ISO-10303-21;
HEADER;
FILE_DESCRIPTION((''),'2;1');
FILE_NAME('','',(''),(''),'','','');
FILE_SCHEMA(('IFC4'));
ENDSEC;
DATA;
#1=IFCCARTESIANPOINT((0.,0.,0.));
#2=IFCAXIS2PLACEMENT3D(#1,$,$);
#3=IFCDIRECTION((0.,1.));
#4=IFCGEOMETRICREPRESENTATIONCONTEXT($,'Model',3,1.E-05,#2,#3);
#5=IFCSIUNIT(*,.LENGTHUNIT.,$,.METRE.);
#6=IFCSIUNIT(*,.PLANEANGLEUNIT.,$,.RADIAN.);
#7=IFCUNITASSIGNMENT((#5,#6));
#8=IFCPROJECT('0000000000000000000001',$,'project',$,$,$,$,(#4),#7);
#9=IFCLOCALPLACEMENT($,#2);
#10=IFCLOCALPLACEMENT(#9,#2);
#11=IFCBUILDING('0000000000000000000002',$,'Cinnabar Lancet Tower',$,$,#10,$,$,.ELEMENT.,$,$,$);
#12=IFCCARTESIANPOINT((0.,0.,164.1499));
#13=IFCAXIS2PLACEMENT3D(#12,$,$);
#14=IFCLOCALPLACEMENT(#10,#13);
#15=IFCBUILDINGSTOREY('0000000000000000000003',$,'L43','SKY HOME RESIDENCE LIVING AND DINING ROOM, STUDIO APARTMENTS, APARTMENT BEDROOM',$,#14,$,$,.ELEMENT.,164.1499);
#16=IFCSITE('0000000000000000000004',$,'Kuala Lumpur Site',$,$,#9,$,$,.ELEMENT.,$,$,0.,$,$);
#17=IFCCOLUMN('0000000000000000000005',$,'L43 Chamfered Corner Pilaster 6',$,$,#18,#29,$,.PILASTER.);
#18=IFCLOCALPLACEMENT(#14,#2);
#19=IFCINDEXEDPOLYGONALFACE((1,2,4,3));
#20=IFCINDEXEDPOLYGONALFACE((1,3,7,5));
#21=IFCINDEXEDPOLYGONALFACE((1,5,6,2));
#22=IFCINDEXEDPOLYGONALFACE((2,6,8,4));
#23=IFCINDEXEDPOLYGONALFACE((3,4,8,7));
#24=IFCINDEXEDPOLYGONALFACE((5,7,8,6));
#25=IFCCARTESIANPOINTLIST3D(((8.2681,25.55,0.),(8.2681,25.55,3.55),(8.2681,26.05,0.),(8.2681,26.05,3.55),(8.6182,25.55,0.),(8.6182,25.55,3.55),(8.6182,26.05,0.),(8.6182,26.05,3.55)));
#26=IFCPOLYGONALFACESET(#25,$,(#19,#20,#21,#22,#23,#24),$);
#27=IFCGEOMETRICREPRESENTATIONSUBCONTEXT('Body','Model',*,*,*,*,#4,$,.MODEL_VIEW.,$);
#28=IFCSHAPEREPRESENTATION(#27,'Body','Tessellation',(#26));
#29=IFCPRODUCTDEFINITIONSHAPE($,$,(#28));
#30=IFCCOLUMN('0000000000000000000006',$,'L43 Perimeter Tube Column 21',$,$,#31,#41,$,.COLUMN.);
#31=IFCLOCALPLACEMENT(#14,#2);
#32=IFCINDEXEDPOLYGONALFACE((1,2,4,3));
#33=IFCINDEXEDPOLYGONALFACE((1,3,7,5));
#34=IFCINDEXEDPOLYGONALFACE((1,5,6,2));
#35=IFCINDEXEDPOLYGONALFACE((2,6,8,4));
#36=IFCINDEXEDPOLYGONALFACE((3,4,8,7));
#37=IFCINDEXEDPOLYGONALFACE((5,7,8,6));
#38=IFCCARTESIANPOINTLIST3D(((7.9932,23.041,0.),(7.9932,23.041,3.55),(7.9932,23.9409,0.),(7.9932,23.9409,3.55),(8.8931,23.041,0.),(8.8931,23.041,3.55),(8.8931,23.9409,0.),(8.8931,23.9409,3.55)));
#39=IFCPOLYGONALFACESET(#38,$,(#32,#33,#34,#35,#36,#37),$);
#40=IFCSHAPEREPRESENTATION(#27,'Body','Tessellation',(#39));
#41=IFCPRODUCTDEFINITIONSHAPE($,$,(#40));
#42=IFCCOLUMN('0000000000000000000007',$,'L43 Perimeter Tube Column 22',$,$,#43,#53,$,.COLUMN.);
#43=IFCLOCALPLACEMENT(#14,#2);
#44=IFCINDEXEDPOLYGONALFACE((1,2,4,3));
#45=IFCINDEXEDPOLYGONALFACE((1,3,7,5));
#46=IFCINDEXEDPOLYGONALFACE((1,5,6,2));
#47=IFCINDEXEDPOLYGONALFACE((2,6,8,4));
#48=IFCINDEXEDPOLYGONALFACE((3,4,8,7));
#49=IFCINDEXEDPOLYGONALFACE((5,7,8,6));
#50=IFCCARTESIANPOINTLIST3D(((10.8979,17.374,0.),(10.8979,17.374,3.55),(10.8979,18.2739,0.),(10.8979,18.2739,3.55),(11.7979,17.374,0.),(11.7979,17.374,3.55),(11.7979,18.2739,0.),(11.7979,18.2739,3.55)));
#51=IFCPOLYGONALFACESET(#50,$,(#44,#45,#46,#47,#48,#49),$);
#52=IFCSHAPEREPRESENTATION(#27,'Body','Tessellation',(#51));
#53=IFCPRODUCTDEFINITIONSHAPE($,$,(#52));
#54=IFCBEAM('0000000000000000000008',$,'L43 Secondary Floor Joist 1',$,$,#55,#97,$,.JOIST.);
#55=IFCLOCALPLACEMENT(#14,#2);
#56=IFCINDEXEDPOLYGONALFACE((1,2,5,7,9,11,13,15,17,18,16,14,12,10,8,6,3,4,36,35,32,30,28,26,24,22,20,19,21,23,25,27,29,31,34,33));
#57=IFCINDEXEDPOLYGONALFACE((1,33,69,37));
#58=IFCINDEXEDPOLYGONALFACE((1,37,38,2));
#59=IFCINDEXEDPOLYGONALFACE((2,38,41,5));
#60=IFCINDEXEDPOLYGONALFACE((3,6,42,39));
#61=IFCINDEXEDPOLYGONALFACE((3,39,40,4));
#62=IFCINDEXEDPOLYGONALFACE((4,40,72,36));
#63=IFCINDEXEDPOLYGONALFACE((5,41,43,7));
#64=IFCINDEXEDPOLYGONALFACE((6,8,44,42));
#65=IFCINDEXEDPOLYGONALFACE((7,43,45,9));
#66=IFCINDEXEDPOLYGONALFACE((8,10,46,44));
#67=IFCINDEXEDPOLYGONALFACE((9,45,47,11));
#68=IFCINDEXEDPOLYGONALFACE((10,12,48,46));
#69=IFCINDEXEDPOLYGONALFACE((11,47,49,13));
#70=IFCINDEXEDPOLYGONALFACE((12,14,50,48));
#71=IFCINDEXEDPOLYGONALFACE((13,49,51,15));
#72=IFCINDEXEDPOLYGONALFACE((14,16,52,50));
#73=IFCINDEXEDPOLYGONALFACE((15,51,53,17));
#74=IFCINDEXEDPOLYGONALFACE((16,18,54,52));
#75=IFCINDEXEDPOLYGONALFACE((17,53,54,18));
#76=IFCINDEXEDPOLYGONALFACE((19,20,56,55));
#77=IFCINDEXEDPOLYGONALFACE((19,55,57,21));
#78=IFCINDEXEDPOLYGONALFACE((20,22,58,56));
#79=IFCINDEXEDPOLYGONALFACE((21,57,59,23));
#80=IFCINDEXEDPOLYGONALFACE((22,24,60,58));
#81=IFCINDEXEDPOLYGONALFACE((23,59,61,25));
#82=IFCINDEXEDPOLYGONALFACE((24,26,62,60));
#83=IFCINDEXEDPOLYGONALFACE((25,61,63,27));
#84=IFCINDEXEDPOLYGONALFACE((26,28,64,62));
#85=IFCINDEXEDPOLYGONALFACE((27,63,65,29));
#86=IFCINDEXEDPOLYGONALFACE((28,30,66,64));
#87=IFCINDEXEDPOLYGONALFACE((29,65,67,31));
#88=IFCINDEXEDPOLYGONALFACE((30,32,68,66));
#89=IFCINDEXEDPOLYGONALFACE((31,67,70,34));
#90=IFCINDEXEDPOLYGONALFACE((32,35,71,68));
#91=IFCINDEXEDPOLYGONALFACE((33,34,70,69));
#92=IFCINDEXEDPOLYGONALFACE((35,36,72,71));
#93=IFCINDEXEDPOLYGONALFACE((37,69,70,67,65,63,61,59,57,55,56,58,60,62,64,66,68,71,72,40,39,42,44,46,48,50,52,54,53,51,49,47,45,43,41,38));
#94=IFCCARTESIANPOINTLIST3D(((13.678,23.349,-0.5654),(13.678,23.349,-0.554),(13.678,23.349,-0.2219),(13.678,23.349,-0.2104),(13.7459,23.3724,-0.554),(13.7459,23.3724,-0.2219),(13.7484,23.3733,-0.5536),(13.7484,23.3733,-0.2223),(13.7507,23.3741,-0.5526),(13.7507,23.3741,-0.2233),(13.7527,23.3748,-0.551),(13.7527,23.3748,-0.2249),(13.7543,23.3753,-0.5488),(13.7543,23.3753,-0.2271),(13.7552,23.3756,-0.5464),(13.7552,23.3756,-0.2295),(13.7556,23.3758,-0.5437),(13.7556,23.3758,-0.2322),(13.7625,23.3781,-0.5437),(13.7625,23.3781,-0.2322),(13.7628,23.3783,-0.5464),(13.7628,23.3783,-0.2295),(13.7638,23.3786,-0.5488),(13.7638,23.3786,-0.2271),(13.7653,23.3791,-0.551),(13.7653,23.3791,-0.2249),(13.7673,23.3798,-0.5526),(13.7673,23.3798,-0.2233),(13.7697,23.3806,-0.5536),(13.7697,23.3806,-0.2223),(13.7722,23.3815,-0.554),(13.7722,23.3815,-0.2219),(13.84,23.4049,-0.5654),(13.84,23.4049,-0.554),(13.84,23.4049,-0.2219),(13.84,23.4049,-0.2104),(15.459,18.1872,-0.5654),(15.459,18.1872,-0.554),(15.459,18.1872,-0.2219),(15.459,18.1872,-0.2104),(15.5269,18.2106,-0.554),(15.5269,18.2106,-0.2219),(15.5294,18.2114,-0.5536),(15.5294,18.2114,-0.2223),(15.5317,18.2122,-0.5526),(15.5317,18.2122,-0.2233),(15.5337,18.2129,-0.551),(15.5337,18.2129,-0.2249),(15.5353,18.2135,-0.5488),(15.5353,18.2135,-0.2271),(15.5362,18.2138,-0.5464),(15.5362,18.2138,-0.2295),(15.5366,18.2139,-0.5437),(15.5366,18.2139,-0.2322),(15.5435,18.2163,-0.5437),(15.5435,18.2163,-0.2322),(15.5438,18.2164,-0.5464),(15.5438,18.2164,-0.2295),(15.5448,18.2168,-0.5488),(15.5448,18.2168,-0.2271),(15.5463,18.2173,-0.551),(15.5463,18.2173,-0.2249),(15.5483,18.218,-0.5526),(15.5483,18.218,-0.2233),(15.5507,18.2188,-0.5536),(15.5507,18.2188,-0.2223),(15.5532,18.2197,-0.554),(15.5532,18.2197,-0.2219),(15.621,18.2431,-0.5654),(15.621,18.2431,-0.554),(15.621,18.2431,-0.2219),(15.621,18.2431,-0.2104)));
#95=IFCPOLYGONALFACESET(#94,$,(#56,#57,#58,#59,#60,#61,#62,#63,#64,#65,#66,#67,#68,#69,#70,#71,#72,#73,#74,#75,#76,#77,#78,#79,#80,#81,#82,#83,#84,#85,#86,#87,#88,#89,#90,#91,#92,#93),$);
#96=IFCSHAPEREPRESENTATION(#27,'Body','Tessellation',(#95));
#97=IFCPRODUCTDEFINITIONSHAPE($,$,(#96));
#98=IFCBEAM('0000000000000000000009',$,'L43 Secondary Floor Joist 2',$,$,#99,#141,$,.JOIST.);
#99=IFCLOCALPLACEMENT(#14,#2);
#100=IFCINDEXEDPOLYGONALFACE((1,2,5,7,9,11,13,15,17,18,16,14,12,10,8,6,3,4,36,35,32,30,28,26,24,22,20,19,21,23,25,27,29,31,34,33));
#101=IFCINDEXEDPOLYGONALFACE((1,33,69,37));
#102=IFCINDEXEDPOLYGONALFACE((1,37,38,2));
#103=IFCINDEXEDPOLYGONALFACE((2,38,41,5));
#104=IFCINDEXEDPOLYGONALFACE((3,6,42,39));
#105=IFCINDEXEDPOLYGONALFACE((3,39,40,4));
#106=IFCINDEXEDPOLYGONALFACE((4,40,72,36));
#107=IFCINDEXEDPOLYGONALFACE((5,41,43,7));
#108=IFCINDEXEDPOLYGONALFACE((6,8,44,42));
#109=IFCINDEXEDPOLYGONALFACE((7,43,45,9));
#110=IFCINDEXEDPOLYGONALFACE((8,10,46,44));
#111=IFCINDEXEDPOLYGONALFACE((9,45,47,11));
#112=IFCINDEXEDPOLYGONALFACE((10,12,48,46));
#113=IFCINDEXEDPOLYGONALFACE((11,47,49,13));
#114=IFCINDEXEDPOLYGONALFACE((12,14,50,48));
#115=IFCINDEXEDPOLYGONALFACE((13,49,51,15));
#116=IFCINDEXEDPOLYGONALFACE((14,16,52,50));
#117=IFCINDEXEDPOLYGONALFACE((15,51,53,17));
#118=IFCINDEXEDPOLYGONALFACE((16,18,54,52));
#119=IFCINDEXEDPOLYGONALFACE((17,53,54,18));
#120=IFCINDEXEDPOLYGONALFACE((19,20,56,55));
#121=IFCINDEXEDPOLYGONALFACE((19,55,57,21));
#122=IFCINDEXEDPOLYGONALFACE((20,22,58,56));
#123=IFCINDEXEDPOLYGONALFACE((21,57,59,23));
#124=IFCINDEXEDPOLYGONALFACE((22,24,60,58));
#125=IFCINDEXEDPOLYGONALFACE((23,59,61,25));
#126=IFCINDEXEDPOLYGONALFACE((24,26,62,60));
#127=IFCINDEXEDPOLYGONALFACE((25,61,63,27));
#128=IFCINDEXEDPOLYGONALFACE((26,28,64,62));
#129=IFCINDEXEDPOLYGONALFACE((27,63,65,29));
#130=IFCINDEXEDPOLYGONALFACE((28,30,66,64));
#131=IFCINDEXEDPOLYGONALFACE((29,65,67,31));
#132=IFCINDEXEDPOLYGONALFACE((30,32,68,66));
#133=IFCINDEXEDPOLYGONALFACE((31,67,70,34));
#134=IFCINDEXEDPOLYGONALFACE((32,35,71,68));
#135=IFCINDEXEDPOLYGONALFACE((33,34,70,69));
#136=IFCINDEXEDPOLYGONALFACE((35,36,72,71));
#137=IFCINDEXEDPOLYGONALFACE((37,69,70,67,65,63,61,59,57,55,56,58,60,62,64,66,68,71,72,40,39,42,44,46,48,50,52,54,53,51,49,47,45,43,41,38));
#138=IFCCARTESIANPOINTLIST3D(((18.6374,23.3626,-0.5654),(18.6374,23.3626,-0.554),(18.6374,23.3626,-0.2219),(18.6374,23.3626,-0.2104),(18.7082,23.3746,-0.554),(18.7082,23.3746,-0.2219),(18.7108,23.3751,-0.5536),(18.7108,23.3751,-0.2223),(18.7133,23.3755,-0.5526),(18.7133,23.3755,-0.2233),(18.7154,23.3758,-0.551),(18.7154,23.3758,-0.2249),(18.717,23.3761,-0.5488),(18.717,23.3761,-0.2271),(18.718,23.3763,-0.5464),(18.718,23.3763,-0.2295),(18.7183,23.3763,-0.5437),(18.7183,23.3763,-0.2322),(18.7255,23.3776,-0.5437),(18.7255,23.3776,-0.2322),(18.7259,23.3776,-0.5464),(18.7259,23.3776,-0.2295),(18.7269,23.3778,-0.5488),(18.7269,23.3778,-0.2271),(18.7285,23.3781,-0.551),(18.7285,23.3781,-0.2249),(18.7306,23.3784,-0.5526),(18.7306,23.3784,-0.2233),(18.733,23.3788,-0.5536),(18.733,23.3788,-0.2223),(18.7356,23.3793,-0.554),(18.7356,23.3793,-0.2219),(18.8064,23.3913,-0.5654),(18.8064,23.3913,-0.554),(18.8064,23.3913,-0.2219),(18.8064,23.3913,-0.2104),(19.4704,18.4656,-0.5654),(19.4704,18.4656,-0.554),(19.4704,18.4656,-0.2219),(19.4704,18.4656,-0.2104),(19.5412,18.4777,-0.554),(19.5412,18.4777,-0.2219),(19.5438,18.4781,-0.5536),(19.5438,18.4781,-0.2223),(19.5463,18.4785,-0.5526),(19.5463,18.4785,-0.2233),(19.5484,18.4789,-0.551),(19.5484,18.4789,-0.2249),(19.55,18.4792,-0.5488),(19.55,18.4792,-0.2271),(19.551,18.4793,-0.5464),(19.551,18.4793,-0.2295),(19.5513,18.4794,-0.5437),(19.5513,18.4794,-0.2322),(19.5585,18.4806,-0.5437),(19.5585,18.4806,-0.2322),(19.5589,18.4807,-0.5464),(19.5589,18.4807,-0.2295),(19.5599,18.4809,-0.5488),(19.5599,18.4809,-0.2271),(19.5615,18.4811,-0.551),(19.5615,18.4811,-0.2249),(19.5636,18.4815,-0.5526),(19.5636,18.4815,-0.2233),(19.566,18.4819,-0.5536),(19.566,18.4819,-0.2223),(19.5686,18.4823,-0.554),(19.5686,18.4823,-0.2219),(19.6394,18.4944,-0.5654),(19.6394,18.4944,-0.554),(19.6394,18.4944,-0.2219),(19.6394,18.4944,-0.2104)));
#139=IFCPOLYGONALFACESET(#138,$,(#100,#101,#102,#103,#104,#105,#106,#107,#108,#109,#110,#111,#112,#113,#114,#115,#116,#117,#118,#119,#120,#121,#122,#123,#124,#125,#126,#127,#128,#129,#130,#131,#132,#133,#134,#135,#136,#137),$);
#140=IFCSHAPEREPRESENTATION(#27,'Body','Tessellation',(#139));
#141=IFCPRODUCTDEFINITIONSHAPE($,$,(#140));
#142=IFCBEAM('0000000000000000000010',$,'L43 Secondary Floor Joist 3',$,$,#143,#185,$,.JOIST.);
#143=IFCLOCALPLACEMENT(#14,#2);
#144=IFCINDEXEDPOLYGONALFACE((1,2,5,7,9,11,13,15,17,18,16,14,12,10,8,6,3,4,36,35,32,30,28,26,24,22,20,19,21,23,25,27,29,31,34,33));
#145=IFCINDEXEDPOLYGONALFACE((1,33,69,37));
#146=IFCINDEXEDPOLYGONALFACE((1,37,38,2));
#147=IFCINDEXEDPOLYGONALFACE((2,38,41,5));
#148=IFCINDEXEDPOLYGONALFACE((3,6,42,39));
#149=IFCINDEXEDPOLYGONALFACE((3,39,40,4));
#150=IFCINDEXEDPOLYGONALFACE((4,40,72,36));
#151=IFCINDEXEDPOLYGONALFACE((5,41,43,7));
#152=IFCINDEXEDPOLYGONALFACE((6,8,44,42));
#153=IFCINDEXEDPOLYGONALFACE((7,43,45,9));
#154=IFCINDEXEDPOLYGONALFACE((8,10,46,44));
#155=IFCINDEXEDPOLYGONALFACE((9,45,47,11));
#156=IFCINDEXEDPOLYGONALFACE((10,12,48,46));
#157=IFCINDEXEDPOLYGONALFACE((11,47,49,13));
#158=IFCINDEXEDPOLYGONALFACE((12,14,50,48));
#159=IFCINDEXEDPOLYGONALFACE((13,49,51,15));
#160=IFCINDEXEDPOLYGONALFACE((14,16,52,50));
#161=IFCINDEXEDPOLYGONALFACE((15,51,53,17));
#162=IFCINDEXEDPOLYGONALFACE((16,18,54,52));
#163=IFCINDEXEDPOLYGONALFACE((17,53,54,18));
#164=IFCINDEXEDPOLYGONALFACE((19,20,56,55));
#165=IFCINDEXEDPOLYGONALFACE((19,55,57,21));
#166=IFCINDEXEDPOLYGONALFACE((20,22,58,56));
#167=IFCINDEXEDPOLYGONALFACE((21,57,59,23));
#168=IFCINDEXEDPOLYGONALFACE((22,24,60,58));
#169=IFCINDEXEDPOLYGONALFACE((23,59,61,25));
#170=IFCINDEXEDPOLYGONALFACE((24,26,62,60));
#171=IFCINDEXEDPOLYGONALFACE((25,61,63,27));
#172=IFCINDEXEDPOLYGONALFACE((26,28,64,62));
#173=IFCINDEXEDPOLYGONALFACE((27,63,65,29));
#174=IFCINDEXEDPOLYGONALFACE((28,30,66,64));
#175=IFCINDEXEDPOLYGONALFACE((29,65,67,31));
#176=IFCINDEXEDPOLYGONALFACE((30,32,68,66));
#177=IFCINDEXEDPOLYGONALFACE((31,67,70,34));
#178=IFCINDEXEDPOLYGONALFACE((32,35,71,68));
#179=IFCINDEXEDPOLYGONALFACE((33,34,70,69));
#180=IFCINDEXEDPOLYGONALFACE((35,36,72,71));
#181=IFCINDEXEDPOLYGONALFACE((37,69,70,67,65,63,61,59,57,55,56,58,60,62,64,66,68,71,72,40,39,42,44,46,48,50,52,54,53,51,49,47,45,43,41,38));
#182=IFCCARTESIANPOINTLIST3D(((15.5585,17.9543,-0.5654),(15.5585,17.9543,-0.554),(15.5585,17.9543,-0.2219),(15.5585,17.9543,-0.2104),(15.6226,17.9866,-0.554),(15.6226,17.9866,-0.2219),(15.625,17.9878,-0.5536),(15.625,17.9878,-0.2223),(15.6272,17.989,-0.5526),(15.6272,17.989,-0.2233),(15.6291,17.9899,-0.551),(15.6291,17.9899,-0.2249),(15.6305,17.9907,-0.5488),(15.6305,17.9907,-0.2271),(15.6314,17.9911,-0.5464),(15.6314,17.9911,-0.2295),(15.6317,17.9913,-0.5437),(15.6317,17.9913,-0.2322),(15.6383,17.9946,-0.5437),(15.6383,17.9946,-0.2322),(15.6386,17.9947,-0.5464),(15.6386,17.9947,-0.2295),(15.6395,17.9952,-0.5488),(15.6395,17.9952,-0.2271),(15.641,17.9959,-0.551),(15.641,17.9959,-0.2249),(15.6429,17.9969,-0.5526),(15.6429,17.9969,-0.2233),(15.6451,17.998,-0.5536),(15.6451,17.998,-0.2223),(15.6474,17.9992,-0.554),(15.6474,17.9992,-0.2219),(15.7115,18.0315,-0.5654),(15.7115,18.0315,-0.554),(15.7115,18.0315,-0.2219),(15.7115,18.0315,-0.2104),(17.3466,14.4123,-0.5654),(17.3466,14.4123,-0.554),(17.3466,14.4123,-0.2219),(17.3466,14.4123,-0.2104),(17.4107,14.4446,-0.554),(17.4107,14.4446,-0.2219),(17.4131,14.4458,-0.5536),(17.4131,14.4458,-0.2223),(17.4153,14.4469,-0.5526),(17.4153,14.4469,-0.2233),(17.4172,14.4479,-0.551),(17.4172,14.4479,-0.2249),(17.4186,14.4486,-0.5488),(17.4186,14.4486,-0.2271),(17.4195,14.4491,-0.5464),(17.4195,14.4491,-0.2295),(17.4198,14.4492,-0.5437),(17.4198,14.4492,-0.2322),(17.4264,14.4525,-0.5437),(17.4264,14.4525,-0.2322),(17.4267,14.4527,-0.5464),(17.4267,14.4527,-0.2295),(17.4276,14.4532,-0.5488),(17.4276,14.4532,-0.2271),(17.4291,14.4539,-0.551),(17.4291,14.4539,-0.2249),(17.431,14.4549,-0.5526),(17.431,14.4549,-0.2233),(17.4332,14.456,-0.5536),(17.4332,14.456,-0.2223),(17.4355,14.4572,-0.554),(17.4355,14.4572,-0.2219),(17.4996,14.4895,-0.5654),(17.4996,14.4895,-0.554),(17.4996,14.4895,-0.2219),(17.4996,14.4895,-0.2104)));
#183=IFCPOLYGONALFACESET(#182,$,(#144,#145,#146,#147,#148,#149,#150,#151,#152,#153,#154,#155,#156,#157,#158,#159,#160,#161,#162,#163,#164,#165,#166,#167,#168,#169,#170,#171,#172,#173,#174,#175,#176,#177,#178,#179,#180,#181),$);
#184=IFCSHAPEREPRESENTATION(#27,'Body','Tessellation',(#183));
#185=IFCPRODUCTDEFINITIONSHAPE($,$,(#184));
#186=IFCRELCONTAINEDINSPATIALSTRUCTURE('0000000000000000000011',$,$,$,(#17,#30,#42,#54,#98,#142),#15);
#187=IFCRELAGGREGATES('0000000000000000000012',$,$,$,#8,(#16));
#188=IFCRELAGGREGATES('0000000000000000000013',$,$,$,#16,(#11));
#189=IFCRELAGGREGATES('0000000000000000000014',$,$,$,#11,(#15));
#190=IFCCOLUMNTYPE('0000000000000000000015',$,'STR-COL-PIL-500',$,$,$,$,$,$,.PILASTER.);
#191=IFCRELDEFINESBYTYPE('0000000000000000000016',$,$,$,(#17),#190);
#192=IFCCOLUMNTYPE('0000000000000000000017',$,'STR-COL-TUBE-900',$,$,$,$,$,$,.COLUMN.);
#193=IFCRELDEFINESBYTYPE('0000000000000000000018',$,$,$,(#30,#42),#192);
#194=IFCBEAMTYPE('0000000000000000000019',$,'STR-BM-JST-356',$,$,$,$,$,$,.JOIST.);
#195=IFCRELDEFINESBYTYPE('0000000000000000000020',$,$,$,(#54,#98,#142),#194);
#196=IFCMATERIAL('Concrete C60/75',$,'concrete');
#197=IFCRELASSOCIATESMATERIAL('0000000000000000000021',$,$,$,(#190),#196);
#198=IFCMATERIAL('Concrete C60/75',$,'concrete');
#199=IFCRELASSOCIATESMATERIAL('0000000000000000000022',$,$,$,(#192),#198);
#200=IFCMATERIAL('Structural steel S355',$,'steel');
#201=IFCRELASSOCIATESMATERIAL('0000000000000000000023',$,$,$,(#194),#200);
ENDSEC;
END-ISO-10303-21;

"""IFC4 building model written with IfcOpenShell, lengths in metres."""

from ifc_helpers import new_model, si_unit, direction, frame, origin, origin_2d, place, context, subcontext, project, spatial, rectangle, i_section, extrude, material, material_profile, profile_set, type_object, element, save


model = new_model("IFC4")

# Units and contexts
model_context = context("Model", 3, precision=1e-05, world=origin(), true_north=direction((0.0, 1.0)))
body_context = subcontext(model_context, "Body", "Model", "MODEL_VIEW")
ifc_project = project(units=[si_unit("LENGTHUNIT", "METRE"), si_unit("PLANEANGLEUNIT", "RADIAN")], contexts=[model_context])

# Site, building, storey
site_placement = place(None, origin())
site = spatial("IfcSite", under=ifc_project, at=site_placement, Name="Kuala Lumpur Site", CompositionType="ELEMENT", RefElevation=0.0)
building_placement = place(site_placement, origin())
building = spatial("IfcBuilding", under=site, at=building_placement, Name="Cinnabar Lancet Tower", CompositionType="ELEMENT")
storey_placement = place(building_placement, frame((0.0, 0.0, 164.1499)))
storey = spatial("IfcBuildingStorey", under=building, at=storey_placement, Name="L43", Description="SKY HOME RESIDENCE LIVING AND DINING ROOM, STUDIO APARTMENTS, APARTMENT BEDROOM", CompositionType="ELEMENT", Elevation=164.1499)

# Columns
ifc_material_1 = material(Name="Concrete C60/75", Category="concrete")
ifc_material_profile_1 = material_profile(ifc_material_1, rectangle(XDim=0.5, YDim=0.3501, at=origin_2d()), Name="RC-PIL 500x350")
ifc_profile_set_1 = profile_set([ifc_material_profile_1], Name="Concrete C60/75")
column_type_1 = type_object("IfcColumnType", Name="STR-COL-PIL-500", PredefinedType="PILASTER", material=ifc_profile_set_1)
column_placement = place(storey_placement, frame((8.4431, 25.8, 0.0), z_axis=(0.0, 0.0, 1.0), x_axis=(0.0, -1.0, 0.0)))
element("IfcColumn", 1, at=column_placement, inside=storey, type_object=column_type_1, Name="L43 Chamfered Corner Pilaster 6", PredefinedType="PILASTER", context=body_context, shape_type="SweptSolid", body=[
    extrude(rectangle(XDim=0.5, YDim=0.3501, at=origin_2d()), origin(), (0.0, 0.0, 1.0), 3.55),
])
ifc_material_2 = material(Name="Concrete C60/75", Category="concrete")
ifc_material_profile_2 = material_profile(ifc_material_2, rectangle(XDim=0.8999, YDim=0.8999, at=origin_2d()), Name="RC-COL 900x900")
ifc_profile_set_2 = profile_set([ifc_material_profile_2], Name="Concrete C60/75")
column_type_2 = type_object("IfcColumnType", Name="STR-COL-TUBE-900", PredefinedType="COLUMN", material=ifc_profile_set_2)
for number, where, z_axis, x_axis, name in (
    (2, (8.4431, 23.491, 0.0), (0.0, 0.0, 1.0), (1.0, 0.0, 0.0), "L43 Perimeter Tube Column 21"),
    (3, (11.3479, 17.824, 0.0), (0.0, 0.0, 1.0), (1.0, 0.0, 0.0), "L43 Perimeter Tube Column 22"),
):
    element("IfcColumn", number, at=place(storey_placement, frame(where, z_axis=z_axis, x_axis=x_axis)), inside=storey, type_object=column_type_2, Name=name, PredefinedType="COLUMN", context=body_context, shape_type="SweptSolid", body=[
        extrude(rectangle(XDim=0.8999, YDim=0.8999, at=origin_2d()), origin(), (0.0, 0.0, 1.0), 3.55),
    ])

# Beams
ifc_material_3 = material(Name="Structural steel S355", Category="steel")
ifc_material_profile_3 = material_profile(ifc_material_3, i_section(OverallWidth=0.1714, OverallDepth=0.355, WebThickness=0.0073, FlangeThickness=0.0115, FilletRadius=0.0103, at=origin_2d()), Name="UKB 356x171x51")
ifc_profile_set_3 = profile_set([ifc_material_profile_3], Name="Structural steel S355")
beam_type_1 = type_object("IfcBeamType", Name="STR-BM-JST-356", PredefinedType="JOIST", material=ifc_profile_set_3)
beam_1_placement = place(storey_placement, frame((13.759, 23.377, -0.3879), z_axis=(0.326163, -0.945314, 0.0), x_axis=(0.945314, 0.326163, 0.0)))
element("IfcBeam", 4, at=beam_1_placement, inside=storey, type_object=beam_type_1, Name="L43 Secondary Floor Joist 1", PredefinedType="JOIST", context=body_context, shape_type="SweptSolid", body=[
    extrude(i_section(OverallWidth=0.1714, OverallDepth=0.355, WebThickness=0.0073, FlangeThickness=0.0115, FilletRadius=0.0103, at=origin_2d()), origin(), (0.0, 0.0, 1.0), 5.4604),
])
beam_2_placement = place(storey_placement, frame((18.7219, 23.377, -0.3879), z_axis=(0.167698, -0.985838, 0.0), x_axis=(0.985838, 0.167698, 0.0)))
element("IfcBeam", 5, at=beam_2_placement, inside=storey, type_object=beam_type_1, Name="L43 Secondary Floor Joist 2", PredefinedType="JOIST", context=body_context, shape_type="SweptSolid", body=[
    extrude(i_section(OverallWidth=0.1714, OverallDepth=0.355, WebThickness=0.0073, FlangeThickness=0.0115, FilletRadius=0.0103, at=origin_2d()), origin(), (0.0, 0.0, 1.0), 4.9673),
])
beam_3_placement = place(storey_placement, frame((15.635, 17.9929, -0.3879), z_axis=(0.450656, -0.892698, 0.0), x_axis=(0.892698, 0.450656, 0.0)))
element("IfcBeam", 6, at=beam_3_placement, inside=storey, type_object=beam_type_1, Name="L43 Secondary Floor Joist 3", PredefinedType="JOIST", context=body_context, shape_type="SweptSolid", body=[
    extrude(i_section(OverallWidth=0.1714, OverallDepth=0.355, WebThickness=0.0073, FlangeThickness=0.0115, FilletRadius=0.0103, at=origin_2d()), origin(), (0.0, 0.0, 1.0), 3.9678),
])

save(model, "model.ifc")
